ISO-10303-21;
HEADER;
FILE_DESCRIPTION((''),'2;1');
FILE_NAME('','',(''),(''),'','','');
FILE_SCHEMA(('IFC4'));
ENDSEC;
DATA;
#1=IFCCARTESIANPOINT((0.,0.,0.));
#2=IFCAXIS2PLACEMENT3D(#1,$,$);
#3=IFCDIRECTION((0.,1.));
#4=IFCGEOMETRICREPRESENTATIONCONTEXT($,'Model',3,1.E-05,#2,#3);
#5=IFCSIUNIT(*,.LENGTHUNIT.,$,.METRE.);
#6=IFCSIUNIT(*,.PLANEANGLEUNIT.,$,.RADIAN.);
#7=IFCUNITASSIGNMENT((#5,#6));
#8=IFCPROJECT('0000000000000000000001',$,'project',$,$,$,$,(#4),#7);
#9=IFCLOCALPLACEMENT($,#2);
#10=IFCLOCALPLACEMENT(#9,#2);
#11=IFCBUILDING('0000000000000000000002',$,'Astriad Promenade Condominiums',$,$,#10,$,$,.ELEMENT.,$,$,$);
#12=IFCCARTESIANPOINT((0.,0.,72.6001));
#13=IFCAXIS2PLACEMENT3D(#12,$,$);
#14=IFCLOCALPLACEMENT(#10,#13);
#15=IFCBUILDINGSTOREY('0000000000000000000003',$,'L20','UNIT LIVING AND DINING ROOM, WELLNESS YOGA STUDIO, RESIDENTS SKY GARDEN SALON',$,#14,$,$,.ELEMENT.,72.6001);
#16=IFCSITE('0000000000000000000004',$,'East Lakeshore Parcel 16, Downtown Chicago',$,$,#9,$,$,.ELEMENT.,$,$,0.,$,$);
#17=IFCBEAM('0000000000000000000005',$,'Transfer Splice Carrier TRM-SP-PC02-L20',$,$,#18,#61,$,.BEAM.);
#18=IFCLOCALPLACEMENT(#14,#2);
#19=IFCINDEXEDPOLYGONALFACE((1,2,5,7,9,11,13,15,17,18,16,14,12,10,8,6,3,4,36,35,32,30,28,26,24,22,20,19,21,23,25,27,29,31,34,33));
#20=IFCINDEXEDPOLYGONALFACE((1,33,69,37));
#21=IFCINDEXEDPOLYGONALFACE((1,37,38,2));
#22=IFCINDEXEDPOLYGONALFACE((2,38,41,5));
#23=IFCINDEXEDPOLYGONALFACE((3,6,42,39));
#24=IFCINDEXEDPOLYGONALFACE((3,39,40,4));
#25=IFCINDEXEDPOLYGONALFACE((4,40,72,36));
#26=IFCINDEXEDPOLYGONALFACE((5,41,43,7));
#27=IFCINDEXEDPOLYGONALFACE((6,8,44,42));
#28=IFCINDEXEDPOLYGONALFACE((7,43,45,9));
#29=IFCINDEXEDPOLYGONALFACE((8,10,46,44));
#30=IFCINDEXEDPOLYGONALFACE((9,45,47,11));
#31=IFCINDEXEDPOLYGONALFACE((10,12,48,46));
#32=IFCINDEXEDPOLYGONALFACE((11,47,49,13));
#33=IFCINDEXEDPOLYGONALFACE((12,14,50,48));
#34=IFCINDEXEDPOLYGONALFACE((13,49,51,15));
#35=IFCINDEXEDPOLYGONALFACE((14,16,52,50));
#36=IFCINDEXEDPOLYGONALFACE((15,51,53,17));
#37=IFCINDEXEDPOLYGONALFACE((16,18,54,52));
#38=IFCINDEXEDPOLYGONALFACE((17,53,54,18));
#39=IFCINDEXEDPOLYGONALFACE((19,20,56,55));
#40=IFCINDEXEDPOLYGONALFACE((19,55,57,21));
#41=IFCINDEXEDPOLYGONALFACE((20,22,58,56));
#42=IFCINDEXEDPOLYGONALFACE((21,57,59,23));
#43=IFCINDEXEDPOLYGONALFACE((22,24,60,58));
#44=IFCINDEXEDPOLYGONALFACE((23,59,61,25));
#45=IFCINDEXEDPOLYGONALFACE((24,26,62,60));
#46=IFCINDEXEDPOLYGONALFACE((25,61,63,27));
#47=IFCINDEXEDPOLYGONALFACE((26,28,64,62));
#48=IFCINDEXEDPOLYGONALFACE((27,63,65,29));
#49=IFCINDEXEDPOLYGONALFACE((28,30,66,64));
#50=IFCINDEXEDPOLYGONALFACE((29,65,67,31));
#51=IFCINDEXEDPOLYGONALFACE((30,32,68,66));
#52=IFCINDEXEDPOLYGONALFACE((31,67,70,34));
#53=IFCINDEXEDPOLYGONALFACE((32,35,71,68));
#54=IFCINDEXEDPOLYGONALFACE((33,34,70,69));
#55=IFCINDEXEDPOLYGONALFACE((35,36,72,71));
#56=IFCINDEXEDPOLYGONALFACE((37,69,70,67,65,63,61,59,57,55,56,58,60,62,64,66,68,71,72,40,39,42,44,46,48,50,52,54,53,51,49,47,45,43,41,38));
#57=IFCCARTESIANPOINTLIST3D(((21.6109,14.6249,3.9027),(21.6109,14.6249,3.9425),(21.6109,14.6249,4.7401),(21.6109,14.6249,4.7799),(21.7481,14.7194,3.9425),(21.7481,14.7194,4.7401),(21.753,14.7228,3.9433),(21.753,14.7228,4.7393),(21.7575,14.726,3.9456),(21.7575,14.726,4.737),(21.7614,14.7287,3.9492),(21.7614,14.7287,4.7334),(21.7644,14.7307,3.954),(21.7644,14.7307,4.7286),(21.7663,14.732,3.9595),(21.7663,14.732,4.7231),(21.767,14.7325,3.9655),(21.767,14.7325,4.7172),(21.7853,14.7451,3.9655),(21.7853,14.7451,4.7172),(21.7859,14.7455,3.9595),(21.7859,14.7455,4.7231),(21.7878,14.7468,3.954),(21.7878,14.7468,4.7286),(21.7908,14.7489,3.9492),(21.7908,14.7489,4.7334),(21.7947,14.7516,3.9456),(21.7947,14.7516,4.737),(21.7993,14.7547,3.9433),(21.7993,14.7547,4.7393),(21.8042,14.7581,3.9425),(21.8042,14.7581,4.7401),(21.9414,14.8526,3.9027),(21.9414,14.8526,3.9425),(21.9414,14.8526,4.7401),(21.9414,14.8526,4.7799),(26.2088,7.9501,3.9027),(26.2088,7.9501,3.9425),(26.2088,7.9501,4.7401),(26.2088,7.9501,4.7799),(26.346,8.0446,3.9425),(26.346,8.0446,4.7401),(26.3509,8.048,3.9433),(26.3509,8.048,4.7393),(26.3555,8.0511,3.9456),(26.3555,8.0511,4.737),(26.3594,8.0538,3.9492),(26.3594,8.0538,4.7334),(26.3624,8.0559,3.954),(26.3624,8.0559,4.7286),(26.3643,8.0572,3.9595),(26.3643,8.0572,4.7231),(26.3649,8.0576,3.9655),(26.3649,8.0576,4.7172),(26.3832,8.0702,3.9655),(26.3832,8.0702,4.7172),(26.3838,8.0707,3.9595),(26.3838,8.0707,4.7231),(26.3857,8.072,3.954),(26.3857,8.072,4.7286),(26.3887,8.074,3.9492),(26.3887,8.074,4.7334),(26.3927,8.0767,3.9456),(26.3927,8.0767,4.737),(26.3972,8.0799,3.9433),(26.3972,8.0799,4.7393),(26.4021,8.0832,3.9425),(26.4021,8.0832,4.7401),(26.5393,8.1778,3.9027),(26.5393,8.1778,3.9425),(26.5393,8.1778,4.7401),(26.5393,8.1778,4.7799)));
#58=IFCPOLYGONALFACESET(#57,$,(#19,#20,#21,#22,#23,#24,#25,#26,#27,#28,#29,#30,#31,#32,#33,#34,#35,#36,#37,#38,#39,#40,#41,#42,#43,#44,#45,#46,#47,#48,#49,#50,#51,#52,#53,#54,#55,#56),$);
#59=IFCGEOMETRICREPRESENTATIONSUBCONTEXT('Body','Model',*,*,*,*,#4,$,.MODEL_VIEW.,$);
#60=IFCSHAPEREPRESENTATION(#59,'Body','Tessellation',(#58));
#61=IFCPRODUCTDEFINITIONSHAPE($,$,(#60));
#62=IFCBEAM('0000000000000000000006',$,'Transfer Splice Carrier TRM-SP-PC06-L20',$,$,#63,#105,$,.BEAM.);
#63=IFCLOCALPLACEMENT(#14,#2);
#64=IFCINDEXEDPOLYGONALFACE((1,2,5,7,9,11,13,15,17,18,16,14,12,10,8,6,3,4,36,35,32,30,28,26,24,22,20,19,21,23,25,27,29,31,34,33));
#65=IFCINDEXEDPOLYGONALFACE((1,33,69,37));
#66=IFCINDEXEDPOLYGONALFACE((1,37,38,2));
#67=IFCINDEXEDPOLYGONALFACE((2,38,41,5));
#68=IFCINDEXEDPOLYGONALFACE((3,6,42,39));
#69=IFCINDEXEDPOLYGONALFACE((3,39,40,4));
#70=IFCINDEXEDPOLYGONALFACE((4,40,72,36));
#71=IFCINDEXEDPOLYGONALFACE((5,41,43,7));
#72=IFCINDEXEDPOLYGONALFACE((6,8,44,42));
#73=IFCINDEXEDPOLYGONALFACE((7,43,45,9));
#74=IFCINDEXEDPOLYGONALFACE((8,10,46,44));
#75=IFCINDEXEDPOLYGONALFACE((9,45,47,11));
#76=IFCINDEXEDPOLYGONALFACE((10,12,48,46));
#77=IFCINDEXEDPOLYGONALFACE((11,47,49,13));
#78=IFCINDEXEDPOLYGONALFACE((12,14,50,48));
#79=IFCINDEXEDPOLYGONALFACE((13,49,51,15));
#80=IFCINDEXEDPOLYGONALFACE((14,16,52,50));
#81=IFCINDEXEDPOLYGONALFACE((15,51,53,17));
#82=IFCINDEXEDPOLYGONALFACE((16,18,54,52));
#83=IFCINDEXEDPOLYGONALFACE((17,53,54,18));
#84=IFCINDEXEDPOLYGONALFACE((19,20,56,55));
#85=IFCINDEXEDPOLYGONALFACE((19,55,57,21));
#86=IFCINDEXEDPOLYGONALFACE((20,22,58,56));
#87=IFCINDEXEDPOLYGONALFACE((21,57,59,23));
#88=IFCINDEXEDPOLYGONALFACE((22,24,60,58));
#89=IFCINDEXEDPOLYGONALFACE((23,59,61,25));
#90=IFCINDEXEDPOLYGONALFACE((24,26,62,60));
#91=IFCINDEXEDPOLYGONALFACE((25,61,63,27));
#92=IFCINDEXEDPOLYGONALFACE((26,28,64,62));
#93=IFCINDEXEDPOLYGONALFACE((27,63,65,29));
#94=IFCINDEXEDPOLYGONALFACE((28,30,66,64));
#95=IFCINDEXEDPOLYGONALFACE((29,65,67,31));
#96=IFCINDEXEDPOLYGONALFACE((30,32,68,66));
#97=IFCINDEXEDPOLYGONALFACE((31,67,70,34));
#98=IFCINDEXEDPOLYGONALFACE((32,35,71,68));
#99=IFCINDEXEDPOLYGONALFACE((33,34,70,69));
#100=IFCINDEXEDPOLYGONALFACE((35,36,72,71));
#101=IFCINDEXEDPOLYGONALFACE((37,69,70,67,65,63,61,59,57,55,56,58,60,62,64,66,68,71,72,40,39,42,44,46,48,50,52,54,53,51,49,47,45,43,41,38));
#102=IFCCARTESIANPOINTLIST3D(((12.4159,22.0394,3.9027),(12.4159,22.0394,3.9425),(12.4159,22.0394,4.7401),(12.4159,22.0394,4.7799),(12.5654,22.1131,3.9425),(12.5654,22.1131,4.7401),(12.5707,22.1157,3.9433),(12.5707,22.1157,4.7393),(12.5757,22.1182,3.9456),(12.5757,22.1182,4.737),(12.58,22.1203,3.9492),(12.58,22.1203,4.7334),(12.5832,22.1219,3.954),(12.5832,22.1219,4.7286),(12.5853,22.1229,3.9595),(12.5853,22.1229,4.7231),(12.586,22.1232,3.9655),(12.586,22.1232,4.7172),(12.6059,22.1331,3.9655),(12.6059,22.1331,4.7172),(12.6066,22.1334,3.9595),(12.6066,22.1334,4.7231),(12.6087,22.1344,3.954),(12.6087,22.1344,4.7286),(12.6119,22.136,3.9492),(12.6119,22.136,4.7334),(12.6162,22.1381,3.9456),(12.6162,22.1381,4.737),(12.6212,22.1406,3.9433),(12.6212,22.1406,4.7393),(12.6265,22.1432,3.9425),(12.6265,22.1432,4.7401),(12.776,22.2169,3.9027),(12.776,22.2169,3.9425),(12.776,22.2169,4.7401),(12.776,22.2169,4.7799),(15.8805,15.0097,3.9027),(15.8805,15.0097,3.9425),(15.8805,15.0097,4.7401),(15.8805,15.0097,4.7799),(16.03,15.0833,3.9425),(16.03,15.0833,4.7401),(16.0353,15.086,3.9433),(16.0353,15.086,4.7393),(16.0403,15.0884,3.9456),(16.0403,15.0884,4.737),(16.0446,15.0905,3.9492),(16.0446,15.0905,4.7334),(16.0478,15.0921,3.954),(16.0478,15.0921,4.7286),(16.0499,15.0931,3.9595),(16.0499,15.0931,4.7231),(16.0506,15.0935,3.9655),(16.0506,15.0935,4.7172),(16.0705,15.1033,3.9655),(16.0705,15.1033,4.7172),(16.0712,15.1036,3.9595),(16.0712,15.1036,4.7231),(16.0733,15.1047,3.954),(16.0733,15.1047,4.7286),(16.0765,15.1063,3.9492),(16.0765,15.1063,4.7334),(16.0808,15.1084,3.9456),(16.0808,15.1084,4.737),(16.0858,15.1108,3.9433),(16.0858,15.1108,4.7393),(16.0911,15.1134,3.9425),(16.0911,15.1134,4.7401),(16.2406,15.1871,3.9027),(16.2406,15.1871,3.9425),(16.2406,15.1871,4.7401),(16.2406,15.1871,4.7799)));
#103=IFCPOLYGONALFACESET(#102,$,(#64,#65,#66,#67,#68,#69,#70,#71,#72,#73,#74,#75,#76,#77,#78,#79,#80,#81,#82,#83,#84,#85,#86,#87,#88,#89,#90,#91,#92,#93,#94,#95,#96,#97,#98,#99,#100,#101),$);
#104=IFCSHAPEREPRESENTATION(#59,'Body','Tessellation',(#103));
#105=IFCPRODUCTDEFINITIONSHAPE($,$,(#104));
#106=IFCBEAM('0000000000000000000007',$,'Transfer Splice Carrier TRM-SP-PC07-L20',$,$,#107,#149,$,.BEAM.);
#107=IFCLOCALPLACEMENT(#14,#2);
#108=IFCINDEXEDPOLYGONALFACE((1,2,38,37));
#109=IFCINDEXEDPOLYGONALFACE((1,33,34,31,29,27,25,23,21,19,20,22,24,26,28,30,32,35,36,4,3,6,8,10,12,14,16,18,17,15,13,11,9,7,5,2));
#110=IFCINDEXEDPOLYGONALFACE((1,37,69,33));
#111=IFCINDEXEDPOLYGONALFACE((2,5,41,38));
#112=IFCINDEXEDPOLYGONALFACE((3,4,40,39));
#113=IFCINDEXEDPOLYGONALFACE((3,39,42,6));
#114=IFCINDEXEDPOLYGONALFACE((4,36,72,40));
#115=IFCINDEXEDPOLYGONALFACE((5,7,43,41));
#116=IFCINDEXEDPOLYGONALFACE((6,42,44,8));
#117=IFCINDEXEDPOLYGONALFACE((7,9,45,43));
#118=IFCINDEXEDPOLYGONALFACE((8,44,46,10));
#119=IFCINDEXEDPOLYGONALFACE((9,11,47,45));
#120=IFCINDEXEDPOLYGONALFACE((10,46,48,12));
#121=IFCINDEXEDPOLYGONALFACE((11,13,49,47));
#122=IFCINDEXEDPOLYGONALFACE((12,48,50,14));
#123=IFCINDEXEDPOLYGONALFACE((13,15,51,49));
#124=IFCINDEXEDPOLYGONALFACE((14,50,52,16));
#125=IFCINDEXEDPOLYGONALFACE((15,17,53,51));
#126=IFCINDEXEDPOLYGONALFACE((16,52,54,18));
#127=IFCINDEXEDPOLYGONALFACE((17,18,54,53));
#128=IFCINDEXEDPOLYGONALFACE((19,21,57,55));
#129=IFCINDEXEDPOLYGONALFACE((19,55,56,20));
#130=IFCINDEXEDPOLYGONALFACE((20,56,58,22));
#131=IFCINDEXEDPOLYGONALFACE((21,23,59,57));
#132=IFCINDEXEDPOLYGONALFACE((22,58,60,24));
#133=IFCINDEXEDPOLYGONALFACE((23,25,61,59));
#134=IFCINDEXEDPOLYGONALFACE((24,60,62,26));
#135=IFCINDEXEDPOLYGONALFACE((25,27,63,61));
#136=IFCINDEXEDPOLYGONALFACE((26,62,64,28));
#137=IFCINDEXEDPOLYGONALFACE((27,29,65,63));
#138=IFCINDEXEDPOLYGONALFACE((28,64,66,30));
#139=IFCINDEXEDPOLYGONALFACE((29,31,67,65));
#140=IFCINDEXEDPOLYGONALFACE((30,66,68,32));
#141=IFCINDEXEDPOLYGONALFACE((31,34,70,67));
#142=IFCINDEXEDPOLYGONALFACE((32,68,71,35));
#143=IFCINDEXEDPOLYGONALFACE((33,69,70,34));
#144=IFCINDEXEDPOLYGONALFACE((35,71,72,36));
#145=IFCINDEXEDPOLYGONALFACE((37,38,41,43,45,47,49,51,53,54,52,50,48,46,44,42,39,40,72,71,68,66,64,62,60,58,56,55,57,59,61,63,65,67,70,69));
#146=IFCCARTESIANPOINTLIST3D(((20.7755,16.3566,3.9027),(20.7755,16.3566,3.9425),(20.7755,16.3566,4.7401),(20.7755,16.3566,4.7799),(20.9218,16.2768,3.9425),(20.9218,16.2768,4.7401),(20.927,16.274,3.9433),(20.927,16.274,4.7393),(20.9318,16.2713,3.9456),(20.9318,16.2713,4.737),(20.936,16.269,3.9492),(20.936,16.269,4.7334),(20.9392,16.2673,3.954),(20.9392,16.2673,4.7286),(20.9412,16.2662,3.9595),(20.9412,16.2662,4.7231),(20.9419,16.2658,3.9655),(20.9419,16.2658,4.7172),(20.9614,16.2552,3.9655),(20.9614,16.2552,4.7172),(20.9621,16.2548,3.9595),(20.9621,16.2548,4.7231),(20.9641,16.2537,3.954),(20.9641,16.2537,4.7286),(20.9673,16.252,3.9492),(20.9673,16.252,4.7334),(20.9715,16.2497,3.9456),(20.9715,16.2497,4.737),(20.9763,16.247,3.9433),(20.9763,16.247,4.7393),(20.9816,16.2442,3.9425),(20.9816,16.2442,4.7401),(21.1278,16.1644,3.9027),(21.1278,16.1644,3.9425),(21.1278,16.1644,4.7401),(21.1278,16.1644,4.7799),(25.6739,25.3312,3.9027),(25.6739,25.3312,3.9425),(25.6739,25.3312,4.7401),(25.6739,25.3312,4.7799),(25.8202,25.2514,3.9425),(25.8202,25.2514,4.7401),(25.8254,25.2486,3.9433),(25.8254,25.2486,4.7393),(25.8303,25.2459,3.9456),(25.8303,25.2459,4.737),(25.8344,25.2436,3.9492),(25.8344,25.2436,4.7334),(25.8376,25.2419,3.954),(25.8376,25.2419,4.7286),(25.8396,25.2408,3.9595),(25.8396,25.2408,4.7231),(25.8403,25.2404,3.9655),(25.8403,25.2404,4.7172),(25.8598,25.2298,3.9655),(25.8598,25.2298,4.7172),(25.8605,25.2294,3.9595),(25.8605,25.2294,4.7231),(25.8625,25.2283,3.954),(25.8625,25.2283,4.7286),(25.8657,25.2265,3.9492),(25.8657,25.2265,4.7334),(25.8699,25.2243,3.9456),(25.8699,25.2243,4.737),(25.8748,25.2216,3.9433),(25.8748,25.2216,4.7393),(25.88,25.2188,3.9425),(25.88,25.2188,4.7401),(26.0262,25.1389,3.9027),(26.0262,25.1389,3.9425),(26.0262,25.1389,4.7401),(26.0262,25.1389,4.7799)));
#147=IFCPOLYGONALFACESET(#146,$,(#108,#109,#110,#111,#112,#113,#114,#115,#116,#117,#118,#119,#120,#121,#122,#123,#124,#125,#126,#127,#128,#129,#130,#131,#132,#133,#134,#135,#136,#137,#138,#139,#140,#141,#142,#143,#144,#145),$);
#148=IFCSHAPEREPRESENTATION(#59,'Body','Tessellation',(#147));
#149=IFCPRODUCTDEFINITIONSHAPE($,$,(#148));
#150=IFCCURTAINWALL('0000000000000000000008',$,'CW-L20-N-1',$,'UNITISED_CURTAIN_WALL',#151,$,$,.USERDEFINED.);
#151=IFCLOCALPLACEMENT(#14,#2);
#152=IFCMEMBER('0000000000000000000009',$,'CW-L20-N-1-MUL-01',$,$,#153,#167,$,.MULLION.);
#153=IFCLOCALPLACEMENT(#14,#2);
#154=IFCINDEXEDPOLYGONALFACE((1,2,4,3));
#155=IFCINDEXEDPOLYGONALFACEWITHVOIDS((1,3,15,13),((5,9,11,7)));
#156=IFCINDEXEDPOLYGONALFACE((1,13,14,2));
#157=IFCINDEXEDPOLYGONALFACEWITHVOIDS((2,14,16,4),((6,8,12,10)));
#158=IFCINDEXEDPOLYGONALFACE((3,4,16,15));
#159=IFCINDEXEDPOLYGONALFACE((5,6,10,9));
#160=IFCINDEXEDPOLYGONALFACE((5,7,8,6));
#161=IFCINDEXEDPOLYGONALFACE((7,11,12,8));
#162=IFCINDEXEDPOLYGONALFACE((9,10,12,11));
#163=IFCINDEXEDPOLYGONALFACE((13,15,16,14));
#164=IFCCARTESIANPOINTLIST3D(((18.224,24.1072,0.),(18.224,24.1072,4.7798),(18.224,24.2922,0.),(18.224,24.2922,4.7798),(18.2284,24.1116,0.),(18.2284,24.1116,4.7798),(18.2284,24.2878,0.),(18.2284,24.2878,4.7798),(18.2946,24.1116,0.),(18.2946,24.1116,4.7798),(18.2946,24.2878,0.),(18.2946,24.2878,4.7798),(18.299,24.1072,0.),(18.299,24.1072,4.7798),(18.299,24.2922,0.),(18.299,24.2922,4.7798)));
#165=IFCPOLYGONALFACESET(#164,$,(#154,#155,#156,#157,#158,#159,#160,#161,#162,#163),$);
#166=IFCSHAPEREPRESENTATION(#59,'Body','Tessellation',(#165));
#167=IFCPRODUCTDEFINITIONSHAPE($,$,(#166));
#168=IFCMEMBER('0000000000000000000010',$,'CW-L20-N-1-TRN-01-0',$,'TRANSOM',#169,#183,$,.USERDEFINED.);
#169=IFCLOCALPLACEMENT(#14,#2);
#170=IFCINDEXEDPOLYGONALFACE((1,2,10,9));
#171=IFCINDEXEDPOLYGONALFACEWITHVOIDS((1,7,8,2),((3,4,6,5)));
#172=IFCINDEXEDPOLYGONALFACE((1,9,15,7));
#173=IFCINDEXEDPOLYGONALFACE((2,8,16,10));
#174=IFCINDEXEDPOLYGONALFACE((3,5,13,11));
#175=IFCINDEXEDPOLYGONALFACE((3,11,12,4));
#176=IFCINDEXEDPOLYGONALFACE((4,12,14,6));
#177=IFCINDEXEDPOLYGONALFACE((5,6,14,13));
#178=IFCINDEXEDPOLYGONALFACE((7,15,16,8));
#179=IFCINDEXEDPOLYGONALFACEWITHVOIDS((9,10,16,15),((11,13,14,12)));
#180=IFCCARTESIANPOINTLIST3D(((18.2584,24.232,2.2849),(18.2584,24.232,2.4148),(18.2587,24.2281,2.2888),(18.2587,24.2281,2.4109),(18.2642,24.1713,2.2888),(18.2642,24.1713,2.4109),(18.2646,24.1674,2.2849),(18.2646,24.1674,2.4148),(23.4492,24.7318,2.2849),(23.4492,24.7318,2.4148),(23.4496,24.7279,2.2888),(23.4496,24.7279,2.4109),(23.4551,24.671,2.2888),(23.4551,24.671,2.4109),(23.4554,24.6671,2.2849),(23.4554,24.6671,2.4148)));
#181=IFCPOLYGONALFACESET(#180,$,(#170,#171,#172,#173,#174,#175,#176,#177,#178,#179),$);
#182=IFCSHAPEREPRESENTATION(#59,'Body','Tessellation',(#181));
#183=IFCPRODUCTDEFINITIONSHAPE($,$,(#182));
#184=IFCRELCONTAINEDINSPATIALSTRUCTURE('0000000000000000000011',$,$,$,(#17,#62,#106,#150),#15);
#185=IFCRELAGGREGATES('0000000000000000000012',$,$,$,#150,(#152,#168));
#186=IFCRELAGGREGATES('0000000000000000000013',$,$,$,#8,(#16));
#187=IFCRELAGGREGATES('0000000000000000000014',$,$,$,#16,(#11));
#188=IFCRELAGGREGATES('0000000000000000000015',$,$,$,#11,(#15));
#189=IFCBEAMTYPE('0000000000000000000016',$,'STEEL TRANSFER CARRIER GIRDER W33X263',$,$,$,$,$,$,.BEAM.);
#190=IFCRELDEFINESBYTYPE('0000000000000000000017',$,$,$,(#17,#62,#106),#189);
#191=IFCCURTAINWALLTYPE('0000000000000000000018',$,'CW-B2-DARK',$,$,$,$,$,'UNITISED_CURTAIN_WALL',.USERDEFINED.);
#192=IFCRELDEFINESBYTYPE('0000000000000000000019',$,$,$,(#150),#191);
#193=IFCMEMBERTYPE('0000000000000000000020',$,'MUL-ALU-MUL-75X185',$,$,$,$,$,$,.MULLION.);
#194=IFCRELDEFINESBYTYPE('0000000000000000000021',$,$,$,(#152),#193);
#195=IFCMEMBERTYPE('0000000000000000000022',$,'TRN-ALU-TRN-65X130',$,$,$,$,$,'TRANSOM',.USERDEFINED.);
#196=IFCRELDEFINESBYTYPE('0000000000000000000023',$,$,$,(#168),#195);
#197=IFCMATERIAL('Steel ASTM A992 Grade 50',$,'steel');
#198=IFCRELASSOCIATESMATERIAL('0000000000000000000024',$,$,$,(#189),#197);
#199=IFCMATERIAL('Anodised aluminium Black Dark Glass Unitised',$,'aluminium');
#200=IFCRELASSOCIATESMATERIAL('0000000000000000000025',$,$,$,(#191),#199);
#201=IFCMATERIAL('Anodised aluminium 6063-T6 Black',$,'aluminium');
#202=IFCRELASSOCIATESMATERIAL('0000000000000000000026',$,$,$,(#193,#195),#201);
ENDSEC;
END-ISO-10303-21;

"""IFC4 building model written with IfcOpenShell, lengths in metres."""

from ifc_helpers import new_model, si_unit, direction, frame, origin, origin_2d, place, context, subcontext, project, spatial, hollow_rectangle, i_section, extrude, source, transform, mapped, material, material_profile, profile_set, type_object, type_shapes, element, aggregate, save


model = new_model("IFC4")

# Units and contexts
model_context = context("Model", 3, precision=1e-05, world=origin(), true_north=direction((0.0, 1.0)))
body_context = subcontext(model_context, "Body", "Model", "MODEL_VIEW")
ifc_project = project(units=[si_unit("LENGTHUNIT", "METRE"), si_unit("PLANEANGLEUNIT", "RADIAN")], contexts=[model_context])

# Site, building, storey
site_placement = place(None, origin())
site = spatial("IfcSite", under=ifc_project, at=site_placement, Name="East Lakeshore Parcel 16, Downtown Chicago", CompositionType="ELEMENT", RefElevation=0.0)
building_placement = place(site_placement, origin())
building = spatial("IfcBuilding", under=site, at=building_placement, Name="Astriad Promenade Condominiums", CompositionType="ELEMENT")
storey_placement = place(building_placement, frame((0.0, 0.0, 72.6001)))
storey = spatial("IfcBuildingStorey", under=building, at=storey_placement, Name="L20", Description="UNIT LIVING AND DINING ROOM, WELLNESS YOGA STUDIO, RESIDENTS SKY GARDEN SALON", CompositionType="ELEMENT", Elevation=72.6001)

# Beams
ifc_material_1 = material(Name="Steel ASTM A992 Grade 50", Category="steel")
ifc_material_profile_1 = material_profile(ifc_material_1, i_section(OverallWidth=0.4014, OverallDepth=0.8772, WebThickness=0.0222, FlangeThickness=0.0398, FilletRadius=0.0229, at=origin_2d()), Name="W33X263")
ifc_profile_set_1 = profile_set([ifc_material_profile_1], Name="Steel ASTM A992 Grade 50")
beam_type_1 = type_object("IfcBeamType", Name="STEEL TRANSFER CARRIER GIRDER W33X263", PredefinedType="BEAM", material=ifc_profile_set_1)
shared_shape_1 = source(origin(), body_context, "Body", "SweptSolid", [
    extrude(i_section(OverallWidth=0.4014, OverallDepth=0.8772, WebThickness=0.0222, FlangeThickness=0.0398, FilletRadius=0.0229, at=origin_2d()), origin(), (0.0, 0.0, 1.0), 8.1052),
])
beam_1_placement = place(storey_placement, frame((21.7761, 14.7388, 4.3413), z_axis=(0.56728, -0.823525, 0.0), x_axis=(0.823525, 0.56728, 0.0)))
element("IfcBeam", 1, at=beam_1_placement, inside=storey, type_object=beam_type_1, Name="Transfer Splice Carrier TRM-SP-PC02-L20", PredefinedType="BEAM", context=body_context, shape_type="MappedRepresentation", body=[
    mapped(shared_shape_1, transform((0.0, 0.0, 0.0), scale=1.0)),
])
shared_shape_2 = source(origin(), body_context, "Body", "SweptSolid", [
    extrude(i_section(OverallWidth=0.4014, OverallDepth=0.8772, WebThickness=0.0222, FlangeThickness=0.0398, FilletRadius=0.0229, at=origin_2d()), origin(), (0.0, 0.0, 1.0), 7.8372),
])
beam_2_placement = place(storey_placement, frame((16.0605, 15.0984, 4.3413), z_axis=(-0.442072, 0.896979, 0.0), x_axis=(-0.896979, -0.442072, 0.0)))
element("IfcBeam", 2, at=beam_2_placement, inside=storey, type_object=beam_type_1, Name="Transfer Splice Carrier TRM-SP-PC06-L20", PredefinedType="BEAM", context=body_context, shape_type="MappedRepresentation", body=[
    mapped(shared_shape_2, transform((0.0, 0.0, 0.0), scale=1.0)),
])
shared_shape_3 = source(origin(), body_context, "Body", "SweptSolid", [
    extrude(i_section(OverallWidth=0.4014, OverallDepth=0.8772, WebThickness=0.0222, FlangeThickness=0.0398, FilletRadius=0.0229, at=origin_2d()), origin(), (0.0, 0.0, 1.0), 10.2244),
])
type_shapes(beam_type_1, [shared_shape_1, shared_shape_2, shared_shape_3])
beam_3_placement = place(storey_placement, frame((20.9517, 16.2605, 4.3413), z_axis=(0.479093, 0.877764, 0.0), x_axis=(-0.877764, 0.479093, 0.0)))
element("IfcBeam", 3, at=beam_3_placement, inside=storey, type_object=beam_type_1, Name="Transfer Splice Carrier TRM-SP-PC07-L20", PredefinedType="BEAM", context=body_context, shape_type="MappedRepresentation", body=[
    mapped(shared_shape_3, transform((0.0, 0.0, 0.0), scale=1.0)),
])

# Curtain wall, members
ifc_material_2 = material(Name="Anodised aluminium Black Dark Glass Unitised", Category="aluminium")
curtain_wall_type = type_object("IfcCurtainWallType", Name="CW-B2-DARK", ElementType="UNITISED_CURTAIN_WALL", PredefinedType="USERDEFINED", material=ifc_material_2)
curtain_wall_placement = place(storey_placement, origin())
curtain_wall = element("IfcCurtainWall", 4, at=curtain_wall_placement, inside=storey, type_object=curtain_wall_type, Name="CW-L20-N-1", ObjectType="UNITISED_CURTAIN_WALL", PredefinedType="USERDEFINED")
ifc_material_3 = material(Name="Anodised aluminium 6063-T6 Black", Category="aluminium")
ifc_material_profile_2 = material_profile(ifc_material_3, hollow_rectangle(XDim=0.075, YDim=0.1851, WallThickness=0.0044, at=origin_2d()), Name="ALU-MUL-75X185")
ifc_profile_set_2 = profile_set([ifc_material_profile_2], Name="Anodised aluminium 6063-T6 Black")
member_type_1 = type_object("IfcMemberType", Name="MUL-ALU-MUL-75X185", PredefinedType="MULLION", material=ifc_profile_set_2)
shared_shape_4 = source(origin(), body_context, "Body", "SweptSolid", [
    extrude(hollow_rectangle(XDim=0.075, YDim=0.1851, WallThickness=0.0044, at=origin_2d()), origin(), (0.0, 0.0, 1.0), 4.7798),
])
type_shapes(member_type_1, [shared_shape_4])
member_1_placement = place(storey_placement, frame((18.2615, 24.1997, 0.0), z_axis=(0.0, 0.0, 1.0), x_axis=(1.0, 0.0, 0.0)))
member_1 = element("IfcMember", 5, at=member_1_placement, type_object=member_type_1, Name="CW-L20-N-1-MUL-01", PredefinedType="MULLION", context=body_context, shape_type="MappedRepresentation", body=[
    mapped(shared_shape_4, transform((0.0, 0.0, 0.0), scale=1.0)),
])
ifc_material_profile_3 = material_profile(ifc_material_3, hollow_rectangle(XDim=0.0649, YDim=0.1299, WallThickness=0.0039, at=origin_2d()), Name="ALU-TRN-65X130")
ifc_profile_set_3 = profile_set([ifc_material_profile_3], Name="Anodised aluminium 6063-T6 Black")
member_type_2 = type_object("IfcMemberType", Name="TRN-ALU-TRN-65X130", ElementType="TRANSOM", PredefinedType="USERDEFINED", material=ifc_profile_set_3)
shared_shape_5 = source(origin(), body_context, "Body", "SweptSolid", [
    extrude(hollow_rectangle(XDim=0.0649, YDim=0.1299, WallThickness=0.0039, at=origin_2d()), origin(), (0.0, 0.0, 1.0), 5.2148),
])
type_shapes(member_type_2, [shared_shape_5])
member_2_placement = place(storey_placement, frame((18.2615, 24.1997, 2.3499), z_axis=(0.995398, 0.095832, 0.0), x_axis=(-0.095832, 0.995398, 0.0)))
member_2 = element("IfcMember", 6, at=member_2_placement, type_object=member_type_2, Name="CW-L20-N-1-TRN-01-0", ObjectType="TRANSOM", PredefinedType="USERDEFINED", context=body_context, shape_type="MappedRepresentation", body=[
    mapped(shared_shape_5, transform((0.0, 0.0, 0.0), scale=1.0)),
])
aggregate(curtain_wall, [member_1, member_2])

save(model, "model.ifc")
